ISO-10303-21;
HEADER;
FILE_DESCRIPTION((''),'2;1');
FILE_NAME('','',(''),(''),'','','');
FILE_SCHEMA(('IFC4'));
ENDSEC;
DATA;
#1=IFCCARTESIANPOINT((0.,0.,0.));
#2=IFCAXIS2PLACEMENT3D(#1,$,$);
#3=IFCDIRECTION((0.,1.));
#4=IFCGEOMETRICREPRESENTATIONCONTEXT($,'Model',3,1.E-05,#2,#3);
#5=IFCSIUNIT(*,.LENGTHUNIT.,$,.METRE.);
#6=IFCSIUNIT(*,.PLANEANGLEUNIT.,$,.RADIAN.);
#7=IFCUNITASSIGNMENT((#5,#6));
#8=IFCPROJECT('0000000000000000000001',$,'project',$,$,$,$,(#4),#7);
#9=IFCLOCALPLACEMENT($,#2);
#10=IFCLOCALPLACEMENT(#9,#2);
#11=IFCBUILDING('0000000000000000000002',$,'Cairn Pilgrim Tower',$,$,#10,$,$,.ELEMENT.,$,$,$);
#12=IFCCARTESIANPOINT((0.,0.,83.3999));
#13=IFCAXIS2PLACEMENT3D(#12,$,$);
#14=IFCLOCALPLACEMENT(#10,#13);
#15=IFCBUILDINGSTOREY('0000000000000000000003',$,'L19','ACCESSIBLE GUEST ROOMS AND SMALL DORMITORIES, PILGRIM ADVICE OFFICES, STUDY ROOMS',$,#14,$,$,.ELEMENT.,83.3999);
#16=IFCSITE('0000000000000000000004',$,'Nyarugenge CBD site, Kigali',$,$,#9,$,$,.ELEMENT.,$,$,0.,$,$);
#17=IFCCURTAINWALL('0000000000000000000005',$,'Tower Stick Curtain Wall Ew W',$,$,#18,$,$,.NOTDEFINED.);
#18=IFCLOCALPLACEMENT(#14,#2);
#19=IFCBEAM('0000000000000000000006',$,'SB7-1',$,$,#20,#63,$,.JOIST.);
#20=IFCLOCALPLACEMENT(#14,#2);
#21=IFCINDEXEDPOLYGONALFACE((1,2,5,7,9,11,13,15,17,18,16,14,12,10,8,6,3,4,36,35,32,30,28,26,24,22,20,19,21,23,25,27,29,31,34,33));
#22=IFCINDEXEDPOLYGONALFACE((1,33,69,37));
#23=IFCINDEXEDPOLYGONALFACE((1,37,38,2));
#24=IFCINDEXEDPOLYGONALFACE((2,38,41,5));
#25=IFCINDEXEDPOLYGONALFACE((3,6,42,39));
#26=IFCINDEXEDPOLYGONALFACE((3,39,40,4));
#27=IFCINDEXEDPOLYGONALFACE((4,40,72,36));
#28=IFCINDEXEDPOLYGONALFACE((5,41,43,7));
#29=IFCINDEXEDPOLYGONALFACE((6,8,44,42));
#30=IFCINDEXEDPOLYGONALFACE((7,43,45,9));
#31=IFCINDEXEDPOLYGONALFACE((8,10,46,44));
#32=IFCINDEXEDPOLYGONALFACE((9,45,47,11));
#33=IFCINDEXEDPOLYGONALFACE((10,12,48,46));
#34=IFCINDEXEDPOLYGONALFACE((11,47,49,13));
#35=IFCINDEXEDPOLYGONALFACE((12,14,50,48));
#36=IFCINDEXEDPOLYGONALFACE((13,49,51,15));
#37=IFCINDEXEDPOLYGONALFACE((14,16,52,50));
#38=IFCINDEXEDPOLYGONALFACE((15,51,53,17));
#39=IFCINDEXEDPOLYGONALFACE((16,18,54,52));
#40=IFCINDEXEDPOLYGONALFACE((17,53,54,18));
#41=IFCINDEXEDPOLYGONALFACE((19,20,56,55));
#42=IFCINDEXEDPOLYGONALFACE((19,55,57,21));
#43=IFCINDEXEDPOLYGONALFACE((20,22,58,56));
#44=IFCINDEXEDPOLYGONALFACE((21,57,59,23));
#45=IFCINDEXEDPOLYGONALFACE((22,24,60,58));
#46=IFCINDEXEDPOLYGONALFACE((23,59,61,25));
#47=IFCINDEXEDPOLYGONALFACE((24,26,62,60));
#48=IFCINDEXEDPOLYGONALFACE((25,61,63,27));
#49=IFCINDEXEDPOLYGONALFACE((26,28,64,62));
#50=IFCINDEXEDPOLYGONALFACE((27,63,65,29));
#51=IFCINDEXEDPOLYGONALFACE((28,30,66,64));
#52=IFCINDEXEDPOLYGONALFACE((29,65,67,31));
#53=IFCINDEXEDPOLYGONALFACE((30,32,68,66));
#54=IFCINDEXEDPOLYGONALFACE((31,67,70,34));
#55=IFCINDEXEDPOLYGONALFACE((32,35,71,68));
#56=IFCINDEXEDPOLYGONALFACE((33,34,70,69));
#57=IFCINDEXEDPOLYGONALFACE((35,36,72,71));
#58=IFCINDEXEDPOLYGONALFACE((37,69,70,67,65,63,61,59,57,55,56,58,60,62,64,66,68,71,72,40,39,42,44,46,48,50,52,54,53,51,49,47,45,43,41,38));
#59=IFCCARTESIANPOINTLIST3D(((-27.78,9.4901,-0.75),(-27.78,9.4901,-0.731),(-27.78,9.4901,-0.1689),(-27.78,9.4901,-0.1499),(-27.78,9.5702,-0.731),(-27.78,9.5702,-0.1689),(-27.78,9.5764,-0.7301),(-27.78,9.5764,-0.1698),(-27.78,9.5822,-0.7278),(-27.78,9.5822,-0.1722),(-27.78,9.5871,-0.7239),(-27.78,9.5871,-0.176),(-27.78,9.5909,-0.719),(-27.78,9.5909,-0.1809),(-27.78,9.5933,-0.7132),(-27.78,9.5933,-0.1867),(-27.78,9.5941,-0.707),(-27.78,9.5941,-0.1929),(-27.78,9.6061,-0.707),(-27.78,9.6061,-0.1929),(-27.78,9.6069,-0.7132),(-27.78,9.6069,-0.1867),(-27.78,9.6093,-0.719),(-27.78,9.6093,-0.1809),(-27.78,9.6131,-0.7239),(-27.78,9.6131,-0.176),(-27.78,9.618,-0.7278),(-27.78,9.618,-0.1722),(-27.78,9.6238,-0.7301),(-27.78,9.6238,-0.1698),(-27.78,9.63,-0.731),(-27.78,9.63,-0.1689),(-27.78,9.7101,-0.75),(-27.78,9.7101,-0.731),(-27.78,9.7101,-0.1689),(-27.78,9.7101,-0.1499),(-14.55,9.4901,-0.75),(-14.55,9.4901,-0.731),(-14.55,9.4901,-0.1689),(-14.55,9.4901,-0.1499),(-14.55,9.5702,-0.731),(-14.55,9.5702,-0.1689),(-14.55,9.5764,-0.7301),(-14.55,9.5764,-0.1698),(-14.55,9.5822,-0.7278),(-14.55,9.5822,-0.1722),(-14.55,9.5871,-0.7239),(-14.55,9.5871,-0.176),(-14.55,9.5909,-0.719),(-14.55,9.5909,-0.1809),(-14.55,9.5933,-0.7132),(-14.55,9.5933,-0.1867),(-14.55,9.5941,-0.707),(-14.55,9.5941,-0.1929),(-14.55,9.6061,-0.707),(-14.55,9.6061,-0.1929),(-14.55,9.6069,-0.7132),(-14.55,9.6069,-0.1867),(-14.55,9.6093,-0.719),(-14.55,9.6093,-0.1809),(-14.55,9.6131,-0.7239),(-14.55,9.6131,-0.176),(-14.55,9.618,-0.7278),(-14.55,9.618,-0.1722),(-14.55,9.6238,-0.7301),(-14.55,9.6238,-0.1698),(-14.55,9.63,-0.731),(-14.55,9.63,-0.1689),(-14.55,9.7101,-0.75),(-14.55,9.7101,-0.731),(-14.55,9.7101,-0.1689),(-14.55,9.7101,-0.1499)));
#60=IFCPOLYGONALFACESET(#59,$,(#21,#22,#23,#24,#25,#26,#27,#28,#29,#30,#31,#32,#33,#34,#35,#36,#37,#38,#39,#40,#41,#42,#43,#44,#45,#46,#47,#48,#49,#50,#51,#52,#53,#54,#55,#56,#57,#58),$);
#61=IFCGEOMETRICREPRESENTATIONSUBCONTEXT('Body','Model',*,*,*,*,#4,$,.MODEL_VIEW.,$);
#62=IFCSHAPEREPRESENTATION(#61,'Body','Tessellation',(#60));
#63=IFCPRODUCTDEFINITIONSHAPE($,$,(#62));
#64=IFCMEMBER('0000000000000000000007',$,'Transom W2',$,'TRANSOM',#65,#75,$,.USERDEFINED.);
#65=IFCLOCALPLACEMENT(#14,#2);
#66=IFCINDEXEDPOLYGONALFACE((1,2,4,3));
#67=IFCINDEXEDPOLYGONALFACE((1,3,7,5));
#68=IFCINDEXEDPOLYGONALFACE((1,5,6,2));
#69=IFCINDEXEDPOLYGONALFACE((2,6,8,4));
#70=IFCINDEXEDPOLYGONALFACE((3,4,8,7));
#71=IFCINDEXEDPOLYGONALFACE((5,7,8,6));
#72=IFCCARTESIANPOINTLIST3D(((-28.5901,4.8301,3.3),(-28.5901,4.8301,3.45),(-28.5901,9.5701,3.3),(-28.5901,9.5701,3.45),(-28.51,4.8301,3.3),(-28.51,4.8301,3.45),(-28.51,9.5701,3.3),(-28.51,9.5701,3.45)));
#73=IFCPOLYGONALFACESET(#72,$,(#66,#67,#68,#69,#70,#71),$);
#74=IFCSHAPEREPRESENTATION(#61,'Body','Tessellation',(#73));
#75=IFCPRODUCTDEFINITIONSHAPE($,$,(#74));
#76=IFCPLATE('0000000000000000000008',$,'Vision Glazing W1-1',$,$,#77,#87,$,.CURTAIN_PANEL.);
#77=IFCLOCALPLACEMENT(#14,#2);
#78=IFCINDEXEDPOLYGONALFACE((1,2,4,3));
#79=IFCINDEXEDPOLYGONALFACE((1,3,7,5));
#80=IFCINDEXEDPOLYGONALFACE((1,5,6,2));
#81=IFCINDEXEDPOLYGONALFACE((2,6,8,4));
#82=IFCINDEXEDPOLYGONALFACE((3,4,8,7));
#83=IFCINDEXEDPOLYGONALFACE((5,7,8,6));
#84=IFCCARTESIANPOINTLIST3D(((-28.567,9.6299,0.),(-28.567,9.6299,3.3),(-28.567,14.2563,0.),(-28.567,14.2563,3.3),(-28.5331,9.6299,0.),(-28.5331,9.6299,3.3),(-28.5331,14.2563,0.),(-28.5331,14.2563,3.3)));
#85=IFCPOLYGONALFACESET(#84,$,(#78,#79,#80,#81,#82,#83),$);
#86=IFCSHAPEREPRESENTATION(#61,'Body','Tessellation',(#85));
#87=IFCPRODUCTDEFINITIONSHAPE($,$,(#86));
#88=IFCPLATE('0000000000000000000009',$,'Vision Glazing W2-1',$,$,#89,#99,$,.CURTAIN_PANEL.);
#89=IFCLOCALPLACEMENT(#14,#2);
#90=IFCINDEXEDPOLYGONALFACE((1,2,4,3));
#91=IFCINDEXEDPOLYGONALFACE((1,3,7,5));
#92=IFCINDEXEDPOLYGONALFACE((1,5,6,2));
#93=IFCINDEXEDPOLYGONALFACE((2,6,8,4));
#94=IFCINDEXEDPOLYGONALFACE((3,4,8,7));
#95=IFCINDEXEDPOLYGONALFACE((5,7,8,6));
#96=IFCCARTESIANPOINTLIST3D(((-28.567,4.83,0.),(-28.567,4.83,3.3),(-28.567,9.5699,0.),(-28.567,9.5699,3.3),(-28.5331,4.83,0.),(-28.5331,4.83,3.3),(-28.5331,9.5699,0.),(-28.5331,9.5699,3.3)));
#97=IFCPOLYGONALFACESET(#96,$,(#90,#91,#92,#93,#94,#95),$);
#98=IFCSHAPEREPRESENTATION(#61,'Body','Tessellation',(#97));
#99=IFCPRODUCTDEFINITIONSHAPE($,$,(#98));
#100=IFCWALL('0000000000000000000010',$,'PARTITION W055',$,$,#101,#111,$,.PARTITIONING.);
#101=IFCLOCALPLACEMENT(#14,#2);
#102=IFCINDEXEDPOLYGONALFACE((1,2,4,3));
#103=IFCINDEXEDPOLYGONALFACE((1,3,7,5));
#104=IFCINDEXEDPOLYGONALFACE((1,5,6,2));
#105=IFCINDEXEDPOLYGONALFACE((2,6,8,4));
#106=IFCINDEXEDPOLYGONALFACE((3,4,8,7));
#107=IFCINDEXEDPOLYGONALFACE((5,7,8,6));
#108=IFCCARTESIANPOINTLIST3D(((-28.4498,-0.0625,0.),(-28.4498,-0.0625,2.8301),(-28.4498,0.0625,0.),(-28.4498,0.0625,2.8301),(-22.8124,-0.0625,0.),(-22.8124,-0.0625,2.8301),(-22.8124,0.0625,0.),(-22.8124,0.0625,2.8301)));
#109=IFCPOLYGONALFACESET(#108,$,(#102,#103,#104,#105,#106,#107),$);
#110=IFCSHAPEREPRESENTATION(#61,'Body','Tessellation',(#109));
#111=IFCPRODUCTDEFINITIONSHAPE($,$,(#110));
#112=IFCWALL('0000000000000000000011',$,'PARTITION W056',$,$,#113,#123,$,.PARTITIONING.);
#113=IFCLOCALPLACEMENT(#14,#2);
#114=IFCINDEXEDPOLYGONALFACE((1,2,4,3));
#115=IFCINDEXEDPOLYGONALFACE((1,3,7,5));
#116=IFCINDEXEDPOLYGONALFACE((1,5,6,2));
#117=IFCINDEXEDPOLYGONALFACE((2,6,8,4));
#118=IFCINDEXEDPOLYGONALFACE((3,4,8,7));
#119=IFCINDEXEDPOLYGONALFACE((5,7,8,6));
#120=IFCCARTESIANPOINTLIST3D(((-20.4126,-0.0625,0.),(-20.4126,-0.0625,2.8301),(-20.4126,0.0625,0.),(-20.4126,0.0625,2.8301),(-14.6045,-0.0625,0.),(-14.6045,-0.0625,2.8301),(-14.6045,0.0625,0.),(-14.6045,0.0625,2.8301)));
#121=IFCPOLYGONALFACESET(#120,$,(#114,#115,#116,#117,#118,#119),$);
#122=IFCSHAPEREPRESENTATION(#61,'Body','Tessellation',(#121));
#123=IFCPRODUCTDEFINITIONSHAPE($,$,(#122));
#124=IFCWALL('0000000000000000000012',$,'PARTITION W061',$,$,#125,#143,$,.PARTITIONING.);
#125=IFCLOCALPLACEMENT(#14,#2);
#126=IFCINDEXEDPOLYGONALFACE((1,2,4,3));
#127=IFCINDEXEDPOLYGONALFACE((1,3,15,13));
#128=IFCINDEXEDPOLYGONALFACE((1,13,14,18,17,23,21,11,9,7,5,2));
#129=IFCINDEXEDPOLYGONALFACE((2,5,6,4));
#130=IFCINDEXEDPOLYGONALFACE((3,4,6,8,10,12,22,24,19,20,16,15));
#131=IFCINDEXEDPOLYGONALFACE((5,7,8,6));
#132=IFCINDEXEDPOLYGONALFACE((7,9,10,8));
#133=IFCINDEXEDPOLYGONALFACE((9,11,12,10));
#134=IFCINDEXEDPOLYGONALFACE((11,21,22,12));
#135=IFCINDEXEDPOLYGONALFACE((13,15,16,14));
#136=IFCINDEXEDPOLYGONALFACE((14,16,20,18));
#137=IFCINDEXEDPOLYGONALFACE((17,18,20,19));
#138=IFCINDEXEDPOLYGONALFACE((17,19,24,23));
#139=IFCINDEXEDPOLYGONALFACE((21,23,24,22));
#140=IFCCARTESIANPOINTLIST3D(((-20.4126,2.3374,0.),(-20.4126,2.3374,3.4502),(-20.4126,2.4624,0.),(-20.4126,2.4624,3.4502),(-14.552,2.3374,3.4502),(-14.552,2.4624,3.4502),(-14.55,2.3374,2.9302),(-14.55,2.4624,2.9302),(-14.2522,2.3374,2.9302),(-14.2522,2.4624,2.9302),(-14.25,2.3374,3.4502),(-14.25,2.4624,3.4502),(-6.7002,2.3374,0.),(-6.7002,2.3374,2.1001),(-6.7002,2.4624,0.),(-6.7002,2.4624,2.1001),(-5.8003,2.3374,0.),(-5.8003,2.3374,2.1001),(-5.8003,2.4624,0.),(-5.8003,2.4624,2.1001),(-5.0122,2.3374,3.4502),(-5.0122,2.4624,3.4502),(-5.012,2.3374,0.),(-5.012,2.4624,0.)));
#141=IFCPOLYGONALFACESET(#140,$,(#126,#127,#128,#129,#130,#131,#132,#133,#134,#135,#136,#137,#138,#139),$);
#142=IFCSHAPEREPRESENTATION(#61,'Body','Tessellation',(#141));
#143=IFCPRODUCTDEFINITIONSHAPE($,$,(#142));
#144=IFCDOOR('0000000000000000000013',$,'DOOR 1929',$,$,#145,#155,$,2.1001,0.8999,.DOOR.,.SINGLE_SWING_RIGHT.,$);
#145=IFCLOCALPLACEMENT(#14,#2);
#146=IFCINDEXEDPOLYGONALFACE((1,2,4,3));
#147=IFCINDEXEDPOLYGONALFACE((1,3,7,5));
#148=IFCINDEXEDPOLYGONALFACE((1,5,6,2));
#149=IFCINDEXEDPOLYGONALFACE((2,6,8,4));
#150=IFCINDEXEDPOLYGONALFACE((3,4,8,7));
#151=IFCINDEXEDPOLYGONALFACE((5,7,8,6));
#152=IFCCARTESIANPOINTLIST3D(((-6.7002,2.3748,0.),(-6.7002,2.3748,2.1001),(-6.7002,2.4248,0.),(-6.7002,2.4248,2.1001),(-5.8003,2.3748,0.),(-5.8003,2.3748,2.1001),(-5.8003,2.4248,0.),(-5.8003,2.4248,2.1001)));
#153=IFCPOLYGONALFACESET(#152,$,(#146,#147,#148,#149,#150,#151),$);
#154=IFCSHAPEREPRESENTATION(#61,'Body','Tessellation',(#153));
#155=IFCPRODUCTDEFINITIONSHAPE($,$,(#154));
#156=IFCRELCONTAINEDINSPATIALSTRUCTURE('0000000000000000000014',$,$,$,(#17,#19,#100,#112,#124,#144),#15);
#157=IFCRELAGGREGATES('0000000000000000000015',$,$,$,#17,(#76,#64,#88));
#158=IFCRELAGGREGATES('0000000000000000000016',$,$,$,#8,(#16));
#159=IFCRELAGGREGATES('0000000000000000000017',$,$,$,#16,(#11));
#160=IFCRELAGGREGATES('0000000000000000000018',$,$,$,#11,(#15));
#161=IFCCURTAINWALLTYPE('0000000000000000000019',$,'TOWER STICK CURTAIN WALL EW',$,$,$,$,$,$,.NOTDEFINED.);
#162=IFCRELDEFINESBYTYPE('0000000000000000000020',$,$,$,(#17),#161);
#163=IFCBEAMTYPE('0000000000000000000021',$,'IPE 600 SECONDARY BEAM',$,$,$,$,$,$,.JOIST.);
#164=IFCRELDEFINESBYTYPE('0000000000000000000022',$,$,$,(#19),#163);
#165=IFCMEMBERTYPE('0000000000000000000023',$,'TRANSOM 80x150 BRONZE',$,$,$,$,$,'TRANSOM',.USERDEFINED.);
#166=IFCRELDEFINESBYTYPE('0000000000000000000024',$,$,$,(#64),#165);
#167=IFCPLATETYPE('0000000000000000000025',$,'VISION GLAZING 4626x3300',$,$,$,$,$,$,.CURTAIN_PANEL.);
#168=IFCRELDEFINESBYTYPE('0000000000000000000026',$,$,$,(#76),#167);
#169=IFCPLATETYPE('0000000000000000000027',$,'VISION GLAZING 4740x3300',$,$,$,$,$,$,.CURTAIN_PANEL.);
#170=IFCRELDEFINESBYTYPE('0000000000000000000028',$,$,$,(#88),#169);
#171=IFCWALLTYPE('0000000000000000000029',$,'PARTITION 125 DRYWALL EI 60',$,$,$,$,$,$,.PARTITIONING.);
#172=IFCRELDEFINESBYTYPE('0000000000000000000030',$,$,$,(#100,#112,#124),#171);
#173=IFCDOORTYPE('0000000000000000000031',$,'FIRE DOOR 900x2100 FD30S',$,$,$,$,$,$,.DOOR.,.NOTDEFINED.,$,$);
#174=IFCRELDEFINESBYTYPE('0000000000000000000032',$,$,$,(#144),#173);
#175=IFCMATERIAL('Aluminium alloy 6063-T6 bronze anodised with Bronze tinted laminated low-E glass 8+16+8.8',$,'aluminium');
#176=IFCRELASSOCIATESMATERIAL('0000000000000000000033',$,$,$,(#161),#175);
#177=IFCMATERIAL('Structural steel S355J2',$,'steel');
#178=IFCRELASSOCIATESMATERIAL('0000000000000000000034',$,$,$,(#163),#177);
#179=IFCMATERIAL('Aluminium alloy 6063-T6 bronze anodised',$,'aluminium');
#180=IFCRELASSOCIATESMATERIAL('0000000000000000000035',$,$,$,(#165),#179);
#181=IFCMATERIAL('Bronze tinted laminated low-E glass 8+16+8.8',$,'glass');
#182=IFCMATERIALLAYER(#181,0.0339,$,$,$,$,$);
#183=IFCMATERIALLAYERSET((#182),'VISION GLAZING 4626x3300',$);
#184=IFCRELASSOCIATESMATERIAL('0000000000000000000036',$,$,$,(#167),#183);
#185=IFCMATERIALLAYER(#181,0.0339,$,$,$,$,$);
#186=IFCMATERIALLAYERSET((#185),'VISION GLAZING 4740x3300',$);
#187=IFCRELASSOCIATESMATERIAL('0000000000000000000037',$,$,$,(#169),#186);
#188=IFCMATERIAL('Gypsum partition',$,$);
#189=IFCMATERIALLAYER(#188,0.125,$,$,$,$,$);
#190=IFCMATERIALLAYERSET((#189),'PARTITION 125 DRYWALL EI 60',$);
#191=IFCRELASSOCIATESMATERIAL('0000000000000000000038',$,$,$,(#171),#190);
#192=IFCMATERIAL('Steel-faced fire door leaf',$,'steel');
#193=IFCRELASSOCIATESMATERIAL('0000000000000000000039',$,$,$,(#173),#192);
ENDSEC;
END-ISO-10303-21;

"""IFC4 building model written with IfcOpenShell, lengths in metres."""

from ifc_helpers import new_model, si_unit, direction, frame, frame_2d, origin, origin_2d, place, context, subcontext, project, spatial, polyline, rectangle, i_section, outline, extrude, material, layer, layer_set, material_profile, profile_set, type_object, element, fill, aggregate, save


model = new_model("IFC4")

# Units and contexts
model_context = context("Model", 3, precision=1e-05, world=origin(), true_north=direction((0.0, 1.0)))
body_context = subcontext(model_context, "Body", "Model", "MODEL_VIEW")
ifc_project = project(units=[si_unit("LENGTHUNIT", "METRE"), si_unit("PLANEANGLEUNIT", "RADIAN")], contexts=[model_context])

# Site, building, storey
site_placement = place(None, origin())
site = spatial("IfcSite", under=ifc_project, at=site_placement, Name="Nyarugenge CBD site, Kigali", CompositionType="ELEMENT", RefElevation=0.0)
building_placement = place(site_placement, origin())
building = spatial("IfcBuilding", under=site, at=building_placement, Name="Cairn Pilgrim Tower", CompositionType="ELEMENT")
storey_placement = place(building_placement, frame((0.0, 0.0, 83.3999)))
storey = spatial("IfcBuildingStorey", under=building, at=storey_placement, Name="L19", Description="ACCESSIBLE GUEST ROOMS AND SMALL DORMITORIES, PILGRIM ADVICE OFFICES, STUDY ROOMS", CompositionType="ELEMENT", Elevation=83.3999)

# Curtain wall
ifc_material_1 = material(Name="Aluminium alloy 6063-T6 bronze anodised with Bronze tinted laminated low-E glass 8+16+8.8", Category="aluminium")
curtain_wall_type = type_object("IfcCurtainWallType", Name="TOWER STICK CURTAIN WALL EW", PredefinedType="NOTDEFINED", material=ifc_material_1)
curtain_wall_placement = place(storey_placement, origin())
curtain_wall = element("IfcCurtainWall", 1, at=curtain_wall_placement, inside=storey, type_object=curtain_wall_type, Name="Tower Stick Curtain Wall Ew W", PredefinedType="NOTDEFINED")
ifc_material_2 = material(Name="Aluminium alloy 6063-T6 bronze anodised", Category="aluminium")

# Beam
ifc_material_3 = material(Name="Structural steel S355J2", Category="steel")
ifc_material_profile_1 = material_profile(ifc_material_3, i_section(OverallWidth=0.22, OverallDepth=0.6001, WebThickness=0.012, FlangeThickness=0.019, FilletRadius=0.0239, at=origin_2d()), Name="IPE 600")
ifc_profile_set_1 = profile_set([ifc_material_profile_1], Name="Structural steel S355J2")
beam_type_1 = type_object("IfcBeamType", Name="IPE 600 SECONDARY BEAM", PredefinedType="JOIST", material=ifc_profile_set_1)
for number, where, z_axis, x_axis, name in (
    (2, (-27.78, 9.6001, -0.45), (1.0, 0.0, 0.0), (0.0, 1.0, 0.0), "SB7-1"),
):
    element("IfcBeam", number, at=place(storey_placement, frame(where, z_axis=z_axis, x_axis=x_axis)), inside=storey, type_object=beam_type_1, Name=name, PredefinedType="JOIST", context=body_context, shape_type="SweptSolid", body=[
        extrude(i_section(OverallWidth=0.22, OverallDepth=0.6001, WebThickness=0.012, FlangeThickness=0.019, FilletRadius=0.0239, at=origin_2d()), origin(), (0.0, 0.0, 1.0), 13.23),
    ])

# Member
ifc_material_profile_2 = material_profile(ifc_material_2, rectangle(XDim=0.0801, YDim=0.1499, at=origin_2d()), Name="TRANSOM 80x150 BRONZE")
ifc_profile_set_2 = profile_set([ifc_material_profile_2], Name="Aluminium alloy 6063-T6 bronze anodised")
member_type_1 = type_object("IfcMemberType", Name="TRANSOM 80x150 BRONZE", ElementType="TRANSOM", PredefinedType="USERDEFINED", material=ifc_profile_set_2)
member_1_placement = place(storey_placement, frame((-28.55, 9.5701, 3.375), z_axis=(0.0, -1.0, 0.0), x_axis=(1.0, 0.0, 0.0)))
member_1 = element("IfcMember", 3, at=member_1_placement, type_object=member_type_1, Name="Transom W2", ObjectType="TRANSOM", PredefinedType="USERDEFINED", context=body_context, shape_type="SweptSolid", body=[
    extrude(rectangle(XDim=0.0801, YDim=0.1499, at=origin_2d()), origin(), (0.0, 0.0, 1.0), 4.74),
])

# Plates
ifc_material_4 = material(Name="Bronze tinted laminated low-E glass 8+16+8.8", Category="glass")
ifc_layer_1 = layer(ifc_material_4, 0.0339)
ifc_layer_set_1 = layer_set([ifc_layer_1], Name="VISION GLAZING 4626x3300")
plate_type_1 = type_object("IfcPlateType", Name="VISION GLAZING 4626x3300", PredefinedType="CURTAIN_PANEL", material=ifc_layer_set_1)
plate_1_placement = place(storey_placement, frame((-28.55, 11.9431, 0.0), z_axis=(0.0, 0.0, 1.0), x_axis=(0.0, -1.0, 0.0)))
plate_1 = element("IfcPlate", 4, at=plate_1_placement, type_object=plate_type_1, Name="Vision Glazing W1-1", PredefinedType="CURTAIN_PANEL", context=body_context, shape_type="SweptSolid", body=[
    extrude(rectangle(XDim=4.6265, YDim=0.0339, at=origin_2d()), origin(), (0.0, 0.0, 1.0), 3.3),
])
ifc_layer_2 = layer(ifc_material_4, 0.0339)
ifc_layer_set_2 = layer_set([ifc_layer_2], Name="VISION GLAZING 4740x3300")
plate_type_2 = type_object("IfcPlateType", Name="VISION GLAZING 4740x3300", PredefinedType="CURTAIN_PANEL", material=ifc_layer_set_2)
plate_2_placement = place(storey_placement, frame((-28.55, 7.2, 0.0), z_axis=(0.0, 0.0, 1.0), x_axis=(0.0, -1.0, 0.0)))
plate_2 = element("IfcPlate", 5, at=plate_2_placement, type_object=plate_type_2, Name="Vision Glazing W2-1", PredefinedType="CURTAIN_PANEL", context=body_context, shape_type="SweptSolid", body=[
    extrude(rectangle(XDim=4.74, YDim=0.0339, at=origin_2d()), origin(), (0.0, 0.0, 1.0), 3.3),
])
aggregate(curtain_wall, [plate_1, member_1, plate_2])

# Walls
ifc_material_5 = material(Name="Gypsum partition")
ifc_layer_3 = layer(ifc_material_5, 0.125)
ifc_layer_set_3 = layer_set([ifc_layer_3], Name="PARTITION 125 DRYWALL EI 60")
wall_type_1 = type_object("IfcWallType", Name="PARTITION 125 DRYWALL EI 60", PredefinedType="PARTITIONING", material=ifc_layer_set_3)
wall_1_placement = place(storey_placement, frame((-28.45, 0.0, 0.0), z_axis=(0.0, 0.0, 1.0), x_axis=(1.0, 0.0, 0.0)))
element("IfcWall", 6, at=wall_1_placement, inside=storey, type_object=wall_type_1, Name="PARTITION W055", PredefinedType="PARTITIONING", context=body_context, shape_type="SweptSolid", body=[
    extrude(rectangle(XDim=5.6375, YDim=0.125, at=frame_2d((2.8188, 0.0))), origin(), (0.0, 0.0, 1.0), 2.8301),
])
wall_2_placement = place(storey_placement, frame((-20.4126, 0.0, 0.0), z_axis=(0.0, 0.0, 1.0), x_axis=(1.0, 0.0, 0.0)))
element("IfcWall", 7, at=wall_2_placement, inside=storey, type_object=wall_type_1, Name="PARTITION W056", PredefinedType="PARTITIONING", context=body_context, shape_type="SweptSolid", body=[
    extrude(rectangle(XDim=5.8081, YDim=0.125, at=frame_2d((2.9041, 0.0))), origin(), (0.0, 0.0, 1.0), 2.8301),
])

# Wall, opening, door
wall_3_placement = place(storey_placement, frame((-20.4126, 2.3999, 0.0), z_axis=(0.0, 0.0, 1.0), x_axis=(1.0, 0.0, 0.0)))
wall_3 = element("IfcWall", 8, at=wall_3_placement, inside=storey, type_object=wall_type_1, Name="PARTITION W061", PredefinedType="PARTITIONING", context=body_context, shape_type="SweptSolid", body=[
    extrude(outline(polyline([(0.0, 0.0), (15.4006, 0.0), (15.4004, 3.4502), (6.1626, 3.4502), (6.1604, 2.9302), (5.8625, 2.9302), (5.8606, 3.4502), (0.0, 3.4502), (0.0, 0.0)])), frame((0.0, 0.0625, 0.0), z_axis=(0.0, -1.0, 0.0), x_axis=(1.0, 0.0, 0.0)), (0.0, 0.0, 1.0), 0.125),
])
opening_1_placement = place(wall_3_placement, frame((13.7124, 0.0, 0.0)))
opening_1 = element("IfcOpeningElement", 9, at=opening_1_placement, cuts=wall_3, PredefinedType="OPENING", context=body_context, shape_type="SweptSolid", body=[
    extrude(rectangle(XDim=0.8999, YDim=2.1001, at=frame_2d((0.45, 1.05))), frame((0.0, 0.0725, 0.0), z_axis=(0.0, -1.0, 0.0), x_axis=(1.0, 0.0, 0.0)), (0.0, 0.0, 1.0), 0.145),
])
ifc_material_6 = material(Name="Steel-faced fire door leaf", Category="steel")
door_type_1 = type_object("IfcDoorType", Name="FIRE DOOR 900x2100 FD30S", OperationType="NOTDEFINED", PredefinedType="DOOR", material=ifc_material_6)
door_1_placement = place(opening_1_placement, origin())
door_1 = element("IfcDoor", 10, at=door_1_placement, inside=storey, type_object=door_type_1, Name="DOOR 1929", OperationType="SINGLE_SWING_RIGHT", OverallHeight=2.1001, OverallWidth=0.8999, PredefinedType="DOOR", context=body_context, shape_type="SweptSolid", body=[
    extrude(rectangle(XDim=0.8999, YDim=2.1001, at=frame_2d((0.45, 1.05))), frame((0.0, 0.0249, 0.0), z_axis=(0.0, -1.0, 0.0), x_axis=(1.0, 0.0, 0.0)), (0.0, 0.0, 1.0), 0.05),
])
fill(opening_1, door_1)

save(model, "model.ifc")
